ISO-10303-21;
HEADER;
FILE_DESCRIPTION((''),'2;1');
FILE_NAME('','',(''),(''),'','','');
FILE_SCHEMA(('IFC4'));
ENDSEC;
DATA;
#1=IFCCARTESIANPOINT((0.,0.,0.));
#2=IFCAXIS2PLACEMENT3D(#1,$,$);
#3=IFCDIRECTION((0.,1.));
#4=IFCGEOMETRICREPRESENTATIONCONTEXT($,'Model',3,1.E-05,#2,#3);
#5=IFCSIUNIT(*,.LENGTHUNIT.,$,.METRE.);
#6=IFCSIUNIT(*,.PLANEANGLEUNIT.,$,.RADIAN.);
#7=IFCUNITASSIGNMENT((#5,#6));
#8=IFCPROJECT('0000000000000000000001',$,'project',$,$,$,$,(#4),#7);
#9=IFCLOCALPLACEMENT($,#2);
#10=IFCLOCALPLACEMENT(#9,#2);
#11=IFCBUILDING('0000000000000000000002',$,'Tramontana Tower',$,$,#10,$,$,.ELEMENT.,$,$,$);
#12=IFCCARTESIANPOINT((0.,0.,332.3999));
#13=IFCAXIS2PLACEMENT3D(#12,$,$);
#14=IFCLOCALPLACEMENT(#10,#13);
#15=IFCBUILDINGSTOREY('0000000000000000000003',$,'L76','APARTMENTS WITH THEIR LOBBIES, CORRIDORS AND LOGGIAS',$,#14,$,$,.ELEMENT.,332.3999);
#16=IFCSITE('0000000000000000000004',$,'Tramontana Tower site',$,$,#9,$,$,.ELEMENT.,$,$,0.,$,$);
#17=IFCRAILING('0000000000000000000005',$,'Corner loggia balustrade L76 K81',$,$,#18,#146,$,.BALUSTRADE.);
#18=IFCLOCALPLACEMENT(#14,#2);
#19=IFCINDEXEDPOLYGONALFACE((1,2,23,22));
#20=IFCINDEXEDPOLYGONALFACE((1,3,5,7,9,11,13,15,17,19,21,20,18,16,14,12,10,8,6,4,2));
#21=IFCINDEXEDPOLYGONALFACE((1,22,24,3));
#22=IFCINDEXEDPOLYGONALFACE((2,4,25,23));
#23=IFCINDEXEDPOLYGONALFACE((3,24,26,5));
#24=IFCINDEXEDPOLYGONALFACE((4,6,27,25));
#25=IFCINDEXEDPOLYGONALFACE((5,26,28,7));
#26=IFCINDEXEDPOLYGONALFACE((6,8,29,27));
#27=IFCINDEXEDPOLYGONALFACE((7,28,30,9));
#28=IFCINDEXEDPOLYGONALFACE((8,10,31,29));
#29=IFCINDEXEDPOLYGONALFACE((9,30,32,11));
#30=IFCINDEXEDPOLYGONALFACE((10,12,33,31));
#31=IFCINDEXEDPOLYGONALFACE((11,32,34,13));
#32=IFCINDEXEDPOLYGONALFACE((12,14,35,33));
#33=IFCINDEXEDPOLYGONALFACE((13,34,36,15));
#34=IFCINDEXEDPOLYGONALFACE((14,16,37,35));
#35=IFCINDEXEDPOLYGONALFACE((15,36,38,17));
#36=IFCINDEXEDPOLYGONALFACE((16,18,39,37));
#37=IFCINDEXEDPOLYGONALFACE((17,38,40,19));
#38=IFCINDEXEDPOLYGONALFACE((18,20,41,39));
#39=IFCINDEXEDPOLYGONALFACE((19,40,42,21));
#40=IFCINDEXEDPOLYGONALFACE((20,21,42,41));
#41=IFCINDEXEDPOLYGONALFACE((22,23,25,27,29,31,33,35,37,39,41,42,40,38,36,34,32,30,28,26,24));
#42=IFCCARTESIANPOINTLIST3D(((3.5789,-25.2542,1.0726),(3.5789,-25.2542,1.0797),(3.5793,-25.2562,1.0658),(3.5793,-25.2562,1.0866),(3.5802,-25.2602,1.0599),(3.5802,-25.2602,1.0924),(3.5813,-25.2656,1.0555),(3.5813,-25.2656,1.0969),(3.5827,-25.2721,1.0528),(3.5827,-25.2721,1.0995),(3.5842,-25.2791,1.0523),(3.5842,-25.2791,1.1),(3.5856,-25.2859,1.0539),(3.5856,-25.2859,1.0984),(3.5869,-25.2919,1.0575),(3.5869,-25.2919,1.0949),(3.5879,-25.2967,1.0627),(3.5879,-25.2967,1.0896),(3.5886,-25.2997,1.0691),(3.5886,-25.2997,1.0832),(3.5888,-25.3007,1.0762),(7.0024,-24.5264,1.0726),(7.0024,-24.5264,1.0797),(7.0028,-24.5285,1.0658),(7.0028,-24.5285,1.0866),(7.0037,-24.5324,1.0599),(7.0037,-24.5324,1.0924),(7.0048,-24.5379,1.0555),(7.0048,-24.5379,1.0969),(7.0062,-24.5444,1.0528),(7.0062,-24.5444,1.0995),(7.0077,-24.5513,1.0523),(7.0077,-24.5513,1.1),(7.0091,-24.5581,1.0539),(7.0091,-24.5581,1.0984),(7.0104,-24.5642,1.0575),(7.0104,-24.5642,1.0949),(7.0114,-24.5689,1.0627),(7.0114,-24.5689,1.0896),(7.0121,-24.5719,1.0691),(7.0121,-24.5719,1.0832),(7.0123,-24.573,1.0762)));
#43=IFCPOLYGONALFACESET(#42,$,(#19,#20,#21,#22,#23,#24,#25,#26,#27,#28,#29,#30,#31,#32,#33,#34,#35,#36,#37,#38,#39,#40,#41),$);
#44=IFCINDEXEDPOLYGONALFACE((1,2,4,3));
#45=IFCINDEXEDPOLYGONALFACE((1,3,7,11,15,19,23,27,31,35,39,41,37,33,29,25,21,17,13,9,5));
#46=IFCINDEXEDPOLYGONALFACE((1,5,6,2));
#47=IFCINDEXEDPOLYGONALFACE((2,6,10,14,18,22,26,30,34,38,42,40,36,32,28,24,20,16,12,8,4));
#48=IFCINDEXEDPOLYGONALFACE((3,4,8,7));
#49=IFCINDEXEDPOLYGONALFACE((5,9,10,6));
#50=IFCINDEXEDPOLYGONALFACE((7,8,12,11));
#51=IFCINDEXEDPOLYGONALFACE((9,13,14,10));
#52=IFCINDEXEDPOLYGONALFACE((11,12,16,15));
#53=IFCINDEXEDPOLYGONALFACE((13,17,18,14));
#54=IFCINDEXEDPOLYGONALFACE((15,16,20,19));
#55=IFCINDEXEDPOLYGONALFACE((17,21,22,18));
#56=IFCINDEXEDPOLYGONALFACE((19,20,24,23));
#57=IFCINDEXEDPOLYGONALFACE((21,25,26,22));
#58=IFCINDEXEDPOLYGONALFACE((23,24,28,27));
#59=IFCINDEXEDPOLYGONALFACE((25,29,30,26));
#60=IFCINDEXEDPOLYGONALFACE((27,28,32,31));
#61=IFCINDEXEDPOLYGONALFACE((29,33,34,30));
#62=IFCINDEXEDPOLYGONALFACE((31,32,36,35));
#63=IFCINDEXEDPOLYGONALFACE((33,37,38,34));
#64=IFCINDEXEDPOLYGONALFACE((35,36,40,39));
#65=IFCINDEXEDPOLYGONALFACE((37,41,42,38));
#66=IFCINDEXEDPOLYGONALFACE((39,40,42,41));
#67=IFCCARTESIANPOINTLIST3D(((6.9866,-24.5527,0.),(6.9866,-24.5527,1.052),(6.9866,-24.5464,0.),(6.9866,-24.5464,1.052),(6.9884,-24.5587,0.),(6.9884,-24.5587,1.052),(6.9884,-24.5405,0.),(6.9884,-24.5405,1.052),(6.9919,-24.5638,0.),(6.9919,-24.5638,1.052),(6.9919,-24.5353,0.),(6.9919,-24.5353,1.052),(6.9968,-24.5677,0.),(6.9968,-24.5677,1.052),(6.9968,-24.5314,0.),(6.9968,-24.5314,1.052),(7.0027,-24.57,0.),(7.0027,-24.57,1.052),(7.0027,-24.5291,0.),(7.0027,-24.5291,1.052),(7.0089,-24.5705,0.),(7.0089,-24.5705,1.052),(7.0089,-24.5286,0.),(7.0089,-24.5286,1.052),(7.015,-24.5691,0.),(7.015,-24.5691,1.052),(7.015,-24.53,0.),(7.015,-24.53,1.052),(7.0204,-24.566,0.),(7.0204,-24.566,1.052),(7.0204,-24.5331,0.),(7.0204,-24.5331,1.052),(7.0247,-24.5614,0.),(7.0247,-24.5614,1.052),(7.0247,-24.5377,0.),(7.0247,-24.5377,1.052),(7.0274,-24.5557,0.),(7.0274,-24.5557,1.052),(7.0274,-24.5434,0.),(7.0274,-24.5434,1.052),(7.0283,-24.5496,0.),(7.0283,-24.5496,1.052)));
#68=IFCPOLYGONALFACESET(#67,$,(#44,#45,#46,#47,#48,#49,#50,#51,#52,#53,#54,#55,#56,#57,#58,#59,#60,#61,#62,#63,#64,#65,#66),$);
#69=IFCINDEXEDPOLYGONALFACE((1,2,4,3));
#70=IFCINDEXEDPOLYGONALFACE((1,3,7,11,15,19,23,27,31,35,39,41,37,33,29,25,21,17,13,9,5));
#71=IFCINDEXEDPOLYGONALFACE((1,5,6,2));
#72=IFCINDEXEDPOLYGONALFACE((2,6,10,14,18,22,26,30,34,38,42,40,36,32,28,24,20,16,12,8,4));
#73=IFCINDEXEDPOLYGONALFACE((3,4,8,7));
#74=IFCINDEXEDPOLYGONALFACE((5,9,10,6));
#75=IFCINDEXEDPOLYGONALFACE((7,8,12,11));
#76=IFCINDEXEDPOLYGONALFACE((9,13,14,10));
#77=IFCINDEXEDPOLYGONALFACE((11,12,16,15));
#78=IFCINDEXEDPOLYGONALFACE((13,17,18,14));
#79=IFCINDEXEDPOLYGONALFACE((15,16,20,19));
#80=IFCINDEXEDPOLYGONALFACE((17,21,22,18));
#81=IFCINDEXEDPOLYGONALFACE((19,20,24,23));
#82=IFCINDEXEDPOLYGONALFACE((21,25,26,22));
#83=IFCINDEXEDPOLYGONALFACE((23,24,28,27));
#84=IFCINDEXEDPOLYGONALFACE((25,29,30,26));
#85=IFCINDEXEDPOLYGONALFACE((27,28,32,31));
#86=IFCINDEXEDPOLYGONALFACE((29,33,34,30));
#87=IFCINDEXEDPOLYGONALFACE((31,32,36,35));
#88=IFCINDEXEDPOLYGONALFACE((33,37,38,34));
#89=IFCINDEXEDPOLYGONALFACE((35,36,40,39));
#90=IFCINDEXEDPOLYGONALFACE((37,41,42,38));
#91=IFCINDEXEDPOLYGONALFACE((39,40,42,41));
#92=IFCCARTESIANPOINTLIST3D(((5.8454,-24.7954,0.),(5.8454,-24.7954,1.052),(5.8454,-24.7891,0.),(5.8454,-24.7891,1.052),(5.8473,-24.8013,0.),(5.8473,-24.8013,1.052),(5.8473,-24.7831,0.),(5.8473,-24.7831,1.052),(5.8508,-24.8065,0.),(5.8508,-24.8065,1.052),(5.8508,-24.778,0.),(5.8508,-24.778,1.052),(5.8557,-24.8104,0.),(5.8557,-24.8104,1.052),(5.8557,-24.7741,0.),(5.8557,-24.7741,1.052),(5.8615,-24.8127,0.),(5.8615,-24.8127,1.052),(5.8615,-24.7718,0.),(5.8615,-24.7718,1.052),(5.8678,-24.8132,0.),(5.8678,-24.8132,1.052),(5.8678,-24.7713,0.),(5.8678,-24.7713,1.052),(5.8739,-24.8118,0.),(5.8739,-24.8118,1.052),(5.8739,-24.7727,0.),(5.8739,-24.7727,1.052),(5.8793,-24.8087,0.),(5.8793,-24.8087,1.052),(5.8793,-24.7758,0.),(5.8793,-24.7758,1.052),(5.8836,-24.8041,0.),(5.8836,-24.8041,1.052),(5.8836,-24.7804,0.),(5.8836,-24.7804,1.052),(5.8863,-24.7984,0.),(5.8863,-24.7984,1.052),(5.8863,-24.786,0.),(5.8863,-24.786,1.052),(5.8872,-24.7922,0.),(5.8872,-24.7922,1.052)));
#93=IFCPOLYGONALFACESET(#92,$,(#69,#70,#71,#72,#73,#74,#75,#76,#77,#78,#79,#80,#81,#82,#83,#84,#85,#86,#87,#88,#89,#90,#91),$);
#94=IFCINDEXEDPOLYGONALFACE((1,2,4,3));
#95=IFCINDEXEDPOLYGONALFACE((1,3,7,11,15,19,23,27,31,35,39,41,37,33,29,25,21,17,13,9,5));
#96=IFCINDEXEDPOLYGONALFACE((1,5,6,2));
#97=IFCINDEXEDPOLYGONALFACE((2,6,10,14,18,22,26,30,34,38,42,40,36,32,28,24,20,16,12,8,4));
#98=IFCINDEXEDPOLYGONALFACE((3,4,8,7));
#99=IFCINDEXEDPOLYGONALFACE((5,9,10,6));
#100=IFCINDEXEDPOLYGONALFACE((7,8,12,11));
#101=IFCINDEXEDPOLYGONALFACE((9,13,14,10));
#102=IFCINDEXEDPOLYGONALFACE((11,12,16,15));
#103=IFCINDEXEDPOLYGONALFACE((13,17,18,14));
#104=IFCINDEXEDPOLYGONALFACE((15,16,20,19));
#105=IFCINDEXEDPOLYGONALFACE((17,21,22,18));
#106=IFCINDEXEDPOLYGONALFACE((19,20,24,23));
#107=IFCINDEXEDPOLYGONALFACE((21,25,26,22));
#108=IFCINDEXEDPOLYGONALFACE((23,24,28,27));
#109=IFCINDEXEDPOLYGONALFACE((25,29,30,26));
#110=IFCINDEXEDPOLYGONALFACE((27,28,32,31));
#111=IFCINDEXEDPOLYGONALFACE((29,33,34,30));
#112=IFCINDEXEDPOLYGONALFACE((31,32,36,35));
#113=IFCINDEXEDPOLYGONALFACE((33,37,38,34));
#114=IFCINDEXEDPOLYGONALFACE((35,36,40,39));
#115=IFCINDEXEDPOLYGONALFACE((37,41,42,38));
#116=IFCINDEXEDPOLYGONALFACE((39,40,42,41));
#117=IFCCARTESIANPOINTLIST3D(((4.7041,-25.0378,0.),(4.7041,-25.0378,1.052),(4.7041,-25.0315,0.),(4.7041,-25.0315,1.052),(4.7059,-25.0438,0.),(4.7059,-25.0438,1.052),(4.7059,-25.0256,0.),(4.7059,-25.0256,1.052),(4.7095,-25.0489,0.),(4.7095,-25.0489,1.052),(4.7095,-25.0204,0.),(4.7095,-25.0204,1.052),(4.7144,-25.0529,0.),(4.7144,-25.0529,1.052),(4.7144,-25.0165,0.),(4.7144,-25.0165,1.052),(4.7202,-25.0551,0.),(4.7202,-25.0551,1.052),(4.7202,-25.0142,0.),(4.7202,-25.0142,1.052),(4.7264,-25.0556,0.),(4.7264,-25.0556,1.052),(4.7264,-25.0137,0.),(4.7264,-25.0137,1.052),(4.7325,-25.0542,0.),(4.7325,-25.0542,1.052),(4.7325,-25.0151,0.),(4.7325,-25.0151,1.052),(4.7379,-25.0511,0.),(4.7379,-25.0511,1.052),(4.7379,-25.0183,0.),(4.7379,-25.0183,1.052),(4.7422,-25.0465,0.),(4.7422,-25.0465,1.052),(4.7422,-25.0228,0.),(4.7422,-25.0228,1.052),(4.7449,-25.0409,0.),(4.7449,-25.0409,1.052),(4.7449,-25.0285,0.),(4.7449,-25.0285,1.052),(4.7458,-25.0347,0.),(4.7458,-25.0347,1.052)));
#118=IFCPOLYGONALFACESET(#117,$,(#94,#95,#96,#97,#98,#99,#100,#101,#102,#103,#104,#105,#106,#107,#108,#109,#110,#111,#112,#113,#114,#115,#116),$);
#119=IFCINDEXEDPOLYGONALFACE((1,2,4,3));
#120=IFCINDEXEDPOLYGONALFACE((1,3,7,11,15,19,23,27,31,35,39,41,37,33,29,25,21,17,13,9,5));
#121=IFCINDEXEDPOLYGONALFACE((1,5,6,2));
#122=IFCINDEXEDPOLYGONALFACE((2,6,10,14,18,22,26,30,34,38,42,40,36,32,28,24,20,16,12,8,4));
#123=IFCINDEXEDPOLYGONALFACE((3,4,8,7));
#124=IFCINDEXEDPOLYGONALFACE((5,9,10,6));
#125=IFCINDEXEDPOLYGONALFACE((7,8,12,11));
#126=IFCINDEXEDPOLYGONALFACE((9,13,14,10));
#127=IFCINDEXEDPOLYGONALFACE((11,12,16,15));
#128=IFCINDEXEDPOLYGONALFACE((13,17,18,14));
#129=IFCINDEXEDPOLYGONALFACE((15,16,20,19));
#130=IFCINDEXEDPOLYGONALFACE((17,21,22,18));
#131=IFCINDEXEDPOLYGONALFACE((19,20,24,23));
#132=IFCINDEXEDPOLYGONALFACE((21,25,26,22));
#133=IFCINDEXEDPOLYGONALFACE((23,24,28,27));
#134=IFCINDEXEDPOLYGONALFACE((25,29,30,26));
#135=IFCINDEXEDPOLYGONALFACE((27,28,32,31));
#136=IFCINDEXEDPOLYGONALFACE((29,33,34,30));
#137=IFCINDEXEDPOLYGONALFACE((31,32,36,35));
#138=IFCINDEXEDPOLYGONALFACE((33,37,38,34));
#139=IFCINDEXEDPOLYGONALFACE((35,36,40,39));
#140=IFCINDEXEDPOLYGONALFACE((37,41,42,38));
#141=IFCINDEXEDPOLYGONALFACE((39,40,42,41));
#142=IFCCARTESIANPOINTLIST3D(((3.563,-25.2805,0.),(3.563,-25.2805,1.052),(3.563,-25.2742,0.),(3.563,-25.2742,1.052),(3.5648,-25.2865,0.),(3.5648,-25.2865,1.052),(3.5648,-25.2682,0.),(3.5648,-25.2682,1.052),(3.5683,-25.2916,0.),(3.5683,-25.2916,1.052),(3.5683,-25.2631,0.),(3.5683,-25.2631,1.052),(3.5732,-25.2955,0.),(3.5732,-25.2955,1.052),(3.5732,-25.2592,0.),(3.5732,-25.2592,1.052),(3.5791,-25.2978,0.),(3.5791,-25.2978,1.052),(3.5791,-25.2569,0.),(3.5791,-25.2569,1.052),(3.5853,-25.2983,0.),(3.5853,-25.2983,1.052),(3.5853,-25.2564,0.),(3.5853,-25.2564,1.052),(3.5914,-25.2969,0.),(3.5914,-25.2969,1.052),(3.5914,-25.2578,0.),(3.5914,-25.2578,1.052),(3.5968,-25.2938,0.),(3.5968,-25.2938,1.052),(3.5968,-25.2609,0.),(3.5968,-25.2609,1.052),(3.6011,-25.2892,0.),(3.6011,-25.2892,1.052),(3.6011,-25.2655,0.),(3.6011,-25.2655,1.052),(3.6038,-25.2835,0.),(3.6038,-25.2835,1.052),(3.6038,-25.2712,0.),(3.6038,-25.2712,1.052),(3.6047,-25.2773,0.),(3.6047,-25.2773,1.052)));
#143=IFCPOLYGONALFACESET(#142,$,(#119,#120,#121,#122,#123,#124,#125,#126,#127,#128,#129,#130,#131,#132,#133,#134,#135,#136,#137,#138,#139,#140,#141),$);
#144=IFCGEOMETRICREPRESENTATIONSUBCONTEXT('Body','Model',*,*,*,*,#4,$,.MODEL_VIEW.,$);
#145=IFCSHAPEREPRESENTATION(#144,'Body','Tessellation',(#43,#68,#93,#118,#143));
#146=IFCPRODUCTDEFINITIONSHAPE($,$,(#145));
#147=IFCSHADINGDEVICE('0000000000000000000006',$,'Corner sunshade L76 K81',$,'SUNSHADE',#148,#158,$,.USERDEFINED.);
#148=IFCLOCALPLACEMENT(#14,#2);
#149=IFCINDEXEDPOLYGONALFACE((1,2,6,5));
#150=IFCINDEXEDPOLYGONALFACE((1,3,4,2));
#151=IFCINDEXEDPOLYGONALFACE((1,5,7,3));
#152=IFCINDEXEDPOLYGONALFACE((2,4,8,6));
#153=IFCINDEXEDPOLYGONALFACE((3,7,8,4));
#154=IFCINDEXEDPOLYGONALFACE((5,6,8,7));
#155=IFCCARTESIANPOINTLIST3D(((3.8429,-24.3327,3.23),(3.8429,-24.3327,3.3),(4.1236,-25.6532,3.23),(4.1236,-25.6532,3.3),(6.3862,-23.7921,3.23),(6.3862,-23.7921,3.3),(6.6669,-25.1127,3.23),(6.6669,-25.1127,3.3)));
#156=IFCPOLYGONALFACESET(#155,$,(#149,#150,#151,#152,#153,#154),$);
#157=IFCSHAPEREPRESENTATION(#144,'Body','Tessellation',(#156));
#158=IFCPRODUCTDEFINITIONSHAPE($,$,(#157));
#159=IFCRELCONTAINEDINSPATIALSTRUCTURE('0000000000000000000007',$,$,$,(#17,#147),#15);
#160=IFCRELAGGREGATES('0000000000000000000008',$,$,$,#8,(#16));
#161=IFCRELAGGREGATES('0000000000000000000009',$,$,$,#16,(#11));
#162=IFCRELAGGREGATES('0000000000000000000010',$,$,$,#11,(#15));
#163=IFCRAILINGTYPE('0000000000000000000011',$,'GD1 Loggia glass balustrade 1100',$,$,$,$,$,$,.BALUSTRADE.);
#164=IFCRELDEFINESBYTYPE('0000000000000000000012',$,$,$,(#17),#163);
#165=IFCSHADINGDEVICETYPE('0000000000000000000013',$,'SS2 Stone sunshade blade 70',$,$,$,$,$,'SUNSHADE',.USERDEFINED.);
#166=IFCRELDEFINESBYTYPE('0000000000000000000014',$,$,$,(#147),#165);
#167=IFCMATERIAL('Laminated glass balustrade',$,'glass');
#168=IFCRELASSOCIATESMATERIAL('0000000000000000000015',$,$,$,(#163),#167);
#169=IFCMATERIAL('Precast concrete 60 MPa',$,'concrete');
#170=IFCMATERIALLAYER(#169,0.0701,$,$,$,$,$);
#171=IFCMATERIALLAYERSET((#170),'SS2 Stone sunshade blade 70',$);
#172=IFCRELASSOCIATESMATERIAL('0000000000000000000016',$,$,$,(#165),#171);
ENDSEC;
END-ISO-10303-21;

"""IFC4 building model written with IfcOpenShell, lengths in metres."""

from ifc_helpers import new_model, si_unit, direction, frame, origin, origin_2d, place, context, subcontext, project, spatial, rectangle, circle, extrude, material, layer, layer_set, type_object, element, save


model = new_model("IFC4")

# Units and contexts
model_context = context("Model", 3, precision=1e-05, world=origin(), true_north=direction((0.0, 1.0)))
body_context = subcontext(model_context, "Body", "Model", "MODEL_VIEW")
ifc_project = project(units=[si_unit("LENGTHUNIT", "METRE"), si_unit("PLANEANGLEUNIT", "RADIAN")], contexts=[model_context])

# Site, building, storey
site_placement = place(None, origin())
site = spatial("IfcSite", under=ifc_project, at=site_placement, Name="Tramontana Tower site", CompositionType="ELEMENT", RefElevation=0.0)
building_placement = place(site_placement, origin())
building = spatial("IfcBuilding", under=site, at=building_placement, Name="Tramontana Tower", CompositionType="ELEMENT")
storey_placement = place(building_placement, frame((0.0, 0.0, 332.3999)))
storey = spatial("IfcBuildingStorey", under=building, at=storey_placement, Name="L76", Description="APARTMENTS WITH THEIR LOBBIES, CORRIDORS AND LOGGIAS", CompositionType="ELEMENT", Elevation=332.3999)

# Railing
ifc_material_1 = material(Name="Laminated glass balustrade", Category="glass")
railing_type = type_object("IfcRailingType", Name="GD1 Loggia glass balustrade 1100", PredefinedType="BALUSTRADE", material=ifc_material_1)
railing_1_placement = place(storey_placement, frame((7.0073, -24.5496, 0.0)))
element("IfcRailing", 1, at=railing_1_placement, inside=storey, type_object=railing_type, Name="Corner loggia balustrade L76 K81", PredefinedType="BALUSTRADE", context=body_context, shape_type="SweptSolid", body=[
    extrude(circle(Radius=0.0239, at=origin_2d()), frame((0.0, 0.0, 1.0762), z_axis=(-0.978143, -0.207933, 0.0), x_axis=(0.207933, -0.978143, 0.0)), (0.0, 0.0, 1.0), 3.5),
    extrude(circle(Radius=0.021, at=origin_2d()), origin(), (0.0, 0.0, 1.0), 1.052),
    extrude(circle(Radius=0.021, at=origin_2d()), frame((-1.1411, -0.2427, 0.0)), (0.0, 0.0, 1.0), 1.052),
    extrude(circle(Radius=0.021, at=origin_2d()), frame((-2.2825, -0.4851, 0.0)), (0.0, 0.0, 1.0), 1.052),
    extrude(circle(Radius=0.021, at=origin_2d()), frame((-3.4236, -0.7278, 0.0)), (0.0, 0.0, 1.0), 1.052),
])

# Shading device
ifc_material_2 = material(Name="Precast concrete 60 MPa", Category="concrete")
ifc_layer_1 = layer(ifc_material_2, 0.0701)
ifc_layer_set_1 = layer_set([ifc_layer_1], Name="SS2 Stone sunshade blade 70")
shading_device_type = type_object("IfcShadingDeviceType", Name="SS2 Stone sunshade blade 70", ElementType="SUNSHADE", PredefinedType="USERDEFINED", material=ifc_layer_set_1)
shading_device_placement = place(storey_placement, frame((5.2549, -24.7227, 3.23), z_axis=(0.0, 0.0, 1.0), x_axis=(-0.978148, -0.207912, 0.0)))
element("IfcShadingDevice", 2, at=shading_device_placement, inside=storey, type_object=shading_device_type, Name="Corner sunshade L76 K81", ObjectType="SUNSHADE", PredefinedType="USERDEFINED", context=body_context, shape_type="SweptSolid", body=[
    extrude(rectangle(XDim=2.6001, YDim=1.3501, at=origin_2d()), origin(), (0.0, 0.0, 1.0), 0.0701),
])

save(model, "model.ifc")
